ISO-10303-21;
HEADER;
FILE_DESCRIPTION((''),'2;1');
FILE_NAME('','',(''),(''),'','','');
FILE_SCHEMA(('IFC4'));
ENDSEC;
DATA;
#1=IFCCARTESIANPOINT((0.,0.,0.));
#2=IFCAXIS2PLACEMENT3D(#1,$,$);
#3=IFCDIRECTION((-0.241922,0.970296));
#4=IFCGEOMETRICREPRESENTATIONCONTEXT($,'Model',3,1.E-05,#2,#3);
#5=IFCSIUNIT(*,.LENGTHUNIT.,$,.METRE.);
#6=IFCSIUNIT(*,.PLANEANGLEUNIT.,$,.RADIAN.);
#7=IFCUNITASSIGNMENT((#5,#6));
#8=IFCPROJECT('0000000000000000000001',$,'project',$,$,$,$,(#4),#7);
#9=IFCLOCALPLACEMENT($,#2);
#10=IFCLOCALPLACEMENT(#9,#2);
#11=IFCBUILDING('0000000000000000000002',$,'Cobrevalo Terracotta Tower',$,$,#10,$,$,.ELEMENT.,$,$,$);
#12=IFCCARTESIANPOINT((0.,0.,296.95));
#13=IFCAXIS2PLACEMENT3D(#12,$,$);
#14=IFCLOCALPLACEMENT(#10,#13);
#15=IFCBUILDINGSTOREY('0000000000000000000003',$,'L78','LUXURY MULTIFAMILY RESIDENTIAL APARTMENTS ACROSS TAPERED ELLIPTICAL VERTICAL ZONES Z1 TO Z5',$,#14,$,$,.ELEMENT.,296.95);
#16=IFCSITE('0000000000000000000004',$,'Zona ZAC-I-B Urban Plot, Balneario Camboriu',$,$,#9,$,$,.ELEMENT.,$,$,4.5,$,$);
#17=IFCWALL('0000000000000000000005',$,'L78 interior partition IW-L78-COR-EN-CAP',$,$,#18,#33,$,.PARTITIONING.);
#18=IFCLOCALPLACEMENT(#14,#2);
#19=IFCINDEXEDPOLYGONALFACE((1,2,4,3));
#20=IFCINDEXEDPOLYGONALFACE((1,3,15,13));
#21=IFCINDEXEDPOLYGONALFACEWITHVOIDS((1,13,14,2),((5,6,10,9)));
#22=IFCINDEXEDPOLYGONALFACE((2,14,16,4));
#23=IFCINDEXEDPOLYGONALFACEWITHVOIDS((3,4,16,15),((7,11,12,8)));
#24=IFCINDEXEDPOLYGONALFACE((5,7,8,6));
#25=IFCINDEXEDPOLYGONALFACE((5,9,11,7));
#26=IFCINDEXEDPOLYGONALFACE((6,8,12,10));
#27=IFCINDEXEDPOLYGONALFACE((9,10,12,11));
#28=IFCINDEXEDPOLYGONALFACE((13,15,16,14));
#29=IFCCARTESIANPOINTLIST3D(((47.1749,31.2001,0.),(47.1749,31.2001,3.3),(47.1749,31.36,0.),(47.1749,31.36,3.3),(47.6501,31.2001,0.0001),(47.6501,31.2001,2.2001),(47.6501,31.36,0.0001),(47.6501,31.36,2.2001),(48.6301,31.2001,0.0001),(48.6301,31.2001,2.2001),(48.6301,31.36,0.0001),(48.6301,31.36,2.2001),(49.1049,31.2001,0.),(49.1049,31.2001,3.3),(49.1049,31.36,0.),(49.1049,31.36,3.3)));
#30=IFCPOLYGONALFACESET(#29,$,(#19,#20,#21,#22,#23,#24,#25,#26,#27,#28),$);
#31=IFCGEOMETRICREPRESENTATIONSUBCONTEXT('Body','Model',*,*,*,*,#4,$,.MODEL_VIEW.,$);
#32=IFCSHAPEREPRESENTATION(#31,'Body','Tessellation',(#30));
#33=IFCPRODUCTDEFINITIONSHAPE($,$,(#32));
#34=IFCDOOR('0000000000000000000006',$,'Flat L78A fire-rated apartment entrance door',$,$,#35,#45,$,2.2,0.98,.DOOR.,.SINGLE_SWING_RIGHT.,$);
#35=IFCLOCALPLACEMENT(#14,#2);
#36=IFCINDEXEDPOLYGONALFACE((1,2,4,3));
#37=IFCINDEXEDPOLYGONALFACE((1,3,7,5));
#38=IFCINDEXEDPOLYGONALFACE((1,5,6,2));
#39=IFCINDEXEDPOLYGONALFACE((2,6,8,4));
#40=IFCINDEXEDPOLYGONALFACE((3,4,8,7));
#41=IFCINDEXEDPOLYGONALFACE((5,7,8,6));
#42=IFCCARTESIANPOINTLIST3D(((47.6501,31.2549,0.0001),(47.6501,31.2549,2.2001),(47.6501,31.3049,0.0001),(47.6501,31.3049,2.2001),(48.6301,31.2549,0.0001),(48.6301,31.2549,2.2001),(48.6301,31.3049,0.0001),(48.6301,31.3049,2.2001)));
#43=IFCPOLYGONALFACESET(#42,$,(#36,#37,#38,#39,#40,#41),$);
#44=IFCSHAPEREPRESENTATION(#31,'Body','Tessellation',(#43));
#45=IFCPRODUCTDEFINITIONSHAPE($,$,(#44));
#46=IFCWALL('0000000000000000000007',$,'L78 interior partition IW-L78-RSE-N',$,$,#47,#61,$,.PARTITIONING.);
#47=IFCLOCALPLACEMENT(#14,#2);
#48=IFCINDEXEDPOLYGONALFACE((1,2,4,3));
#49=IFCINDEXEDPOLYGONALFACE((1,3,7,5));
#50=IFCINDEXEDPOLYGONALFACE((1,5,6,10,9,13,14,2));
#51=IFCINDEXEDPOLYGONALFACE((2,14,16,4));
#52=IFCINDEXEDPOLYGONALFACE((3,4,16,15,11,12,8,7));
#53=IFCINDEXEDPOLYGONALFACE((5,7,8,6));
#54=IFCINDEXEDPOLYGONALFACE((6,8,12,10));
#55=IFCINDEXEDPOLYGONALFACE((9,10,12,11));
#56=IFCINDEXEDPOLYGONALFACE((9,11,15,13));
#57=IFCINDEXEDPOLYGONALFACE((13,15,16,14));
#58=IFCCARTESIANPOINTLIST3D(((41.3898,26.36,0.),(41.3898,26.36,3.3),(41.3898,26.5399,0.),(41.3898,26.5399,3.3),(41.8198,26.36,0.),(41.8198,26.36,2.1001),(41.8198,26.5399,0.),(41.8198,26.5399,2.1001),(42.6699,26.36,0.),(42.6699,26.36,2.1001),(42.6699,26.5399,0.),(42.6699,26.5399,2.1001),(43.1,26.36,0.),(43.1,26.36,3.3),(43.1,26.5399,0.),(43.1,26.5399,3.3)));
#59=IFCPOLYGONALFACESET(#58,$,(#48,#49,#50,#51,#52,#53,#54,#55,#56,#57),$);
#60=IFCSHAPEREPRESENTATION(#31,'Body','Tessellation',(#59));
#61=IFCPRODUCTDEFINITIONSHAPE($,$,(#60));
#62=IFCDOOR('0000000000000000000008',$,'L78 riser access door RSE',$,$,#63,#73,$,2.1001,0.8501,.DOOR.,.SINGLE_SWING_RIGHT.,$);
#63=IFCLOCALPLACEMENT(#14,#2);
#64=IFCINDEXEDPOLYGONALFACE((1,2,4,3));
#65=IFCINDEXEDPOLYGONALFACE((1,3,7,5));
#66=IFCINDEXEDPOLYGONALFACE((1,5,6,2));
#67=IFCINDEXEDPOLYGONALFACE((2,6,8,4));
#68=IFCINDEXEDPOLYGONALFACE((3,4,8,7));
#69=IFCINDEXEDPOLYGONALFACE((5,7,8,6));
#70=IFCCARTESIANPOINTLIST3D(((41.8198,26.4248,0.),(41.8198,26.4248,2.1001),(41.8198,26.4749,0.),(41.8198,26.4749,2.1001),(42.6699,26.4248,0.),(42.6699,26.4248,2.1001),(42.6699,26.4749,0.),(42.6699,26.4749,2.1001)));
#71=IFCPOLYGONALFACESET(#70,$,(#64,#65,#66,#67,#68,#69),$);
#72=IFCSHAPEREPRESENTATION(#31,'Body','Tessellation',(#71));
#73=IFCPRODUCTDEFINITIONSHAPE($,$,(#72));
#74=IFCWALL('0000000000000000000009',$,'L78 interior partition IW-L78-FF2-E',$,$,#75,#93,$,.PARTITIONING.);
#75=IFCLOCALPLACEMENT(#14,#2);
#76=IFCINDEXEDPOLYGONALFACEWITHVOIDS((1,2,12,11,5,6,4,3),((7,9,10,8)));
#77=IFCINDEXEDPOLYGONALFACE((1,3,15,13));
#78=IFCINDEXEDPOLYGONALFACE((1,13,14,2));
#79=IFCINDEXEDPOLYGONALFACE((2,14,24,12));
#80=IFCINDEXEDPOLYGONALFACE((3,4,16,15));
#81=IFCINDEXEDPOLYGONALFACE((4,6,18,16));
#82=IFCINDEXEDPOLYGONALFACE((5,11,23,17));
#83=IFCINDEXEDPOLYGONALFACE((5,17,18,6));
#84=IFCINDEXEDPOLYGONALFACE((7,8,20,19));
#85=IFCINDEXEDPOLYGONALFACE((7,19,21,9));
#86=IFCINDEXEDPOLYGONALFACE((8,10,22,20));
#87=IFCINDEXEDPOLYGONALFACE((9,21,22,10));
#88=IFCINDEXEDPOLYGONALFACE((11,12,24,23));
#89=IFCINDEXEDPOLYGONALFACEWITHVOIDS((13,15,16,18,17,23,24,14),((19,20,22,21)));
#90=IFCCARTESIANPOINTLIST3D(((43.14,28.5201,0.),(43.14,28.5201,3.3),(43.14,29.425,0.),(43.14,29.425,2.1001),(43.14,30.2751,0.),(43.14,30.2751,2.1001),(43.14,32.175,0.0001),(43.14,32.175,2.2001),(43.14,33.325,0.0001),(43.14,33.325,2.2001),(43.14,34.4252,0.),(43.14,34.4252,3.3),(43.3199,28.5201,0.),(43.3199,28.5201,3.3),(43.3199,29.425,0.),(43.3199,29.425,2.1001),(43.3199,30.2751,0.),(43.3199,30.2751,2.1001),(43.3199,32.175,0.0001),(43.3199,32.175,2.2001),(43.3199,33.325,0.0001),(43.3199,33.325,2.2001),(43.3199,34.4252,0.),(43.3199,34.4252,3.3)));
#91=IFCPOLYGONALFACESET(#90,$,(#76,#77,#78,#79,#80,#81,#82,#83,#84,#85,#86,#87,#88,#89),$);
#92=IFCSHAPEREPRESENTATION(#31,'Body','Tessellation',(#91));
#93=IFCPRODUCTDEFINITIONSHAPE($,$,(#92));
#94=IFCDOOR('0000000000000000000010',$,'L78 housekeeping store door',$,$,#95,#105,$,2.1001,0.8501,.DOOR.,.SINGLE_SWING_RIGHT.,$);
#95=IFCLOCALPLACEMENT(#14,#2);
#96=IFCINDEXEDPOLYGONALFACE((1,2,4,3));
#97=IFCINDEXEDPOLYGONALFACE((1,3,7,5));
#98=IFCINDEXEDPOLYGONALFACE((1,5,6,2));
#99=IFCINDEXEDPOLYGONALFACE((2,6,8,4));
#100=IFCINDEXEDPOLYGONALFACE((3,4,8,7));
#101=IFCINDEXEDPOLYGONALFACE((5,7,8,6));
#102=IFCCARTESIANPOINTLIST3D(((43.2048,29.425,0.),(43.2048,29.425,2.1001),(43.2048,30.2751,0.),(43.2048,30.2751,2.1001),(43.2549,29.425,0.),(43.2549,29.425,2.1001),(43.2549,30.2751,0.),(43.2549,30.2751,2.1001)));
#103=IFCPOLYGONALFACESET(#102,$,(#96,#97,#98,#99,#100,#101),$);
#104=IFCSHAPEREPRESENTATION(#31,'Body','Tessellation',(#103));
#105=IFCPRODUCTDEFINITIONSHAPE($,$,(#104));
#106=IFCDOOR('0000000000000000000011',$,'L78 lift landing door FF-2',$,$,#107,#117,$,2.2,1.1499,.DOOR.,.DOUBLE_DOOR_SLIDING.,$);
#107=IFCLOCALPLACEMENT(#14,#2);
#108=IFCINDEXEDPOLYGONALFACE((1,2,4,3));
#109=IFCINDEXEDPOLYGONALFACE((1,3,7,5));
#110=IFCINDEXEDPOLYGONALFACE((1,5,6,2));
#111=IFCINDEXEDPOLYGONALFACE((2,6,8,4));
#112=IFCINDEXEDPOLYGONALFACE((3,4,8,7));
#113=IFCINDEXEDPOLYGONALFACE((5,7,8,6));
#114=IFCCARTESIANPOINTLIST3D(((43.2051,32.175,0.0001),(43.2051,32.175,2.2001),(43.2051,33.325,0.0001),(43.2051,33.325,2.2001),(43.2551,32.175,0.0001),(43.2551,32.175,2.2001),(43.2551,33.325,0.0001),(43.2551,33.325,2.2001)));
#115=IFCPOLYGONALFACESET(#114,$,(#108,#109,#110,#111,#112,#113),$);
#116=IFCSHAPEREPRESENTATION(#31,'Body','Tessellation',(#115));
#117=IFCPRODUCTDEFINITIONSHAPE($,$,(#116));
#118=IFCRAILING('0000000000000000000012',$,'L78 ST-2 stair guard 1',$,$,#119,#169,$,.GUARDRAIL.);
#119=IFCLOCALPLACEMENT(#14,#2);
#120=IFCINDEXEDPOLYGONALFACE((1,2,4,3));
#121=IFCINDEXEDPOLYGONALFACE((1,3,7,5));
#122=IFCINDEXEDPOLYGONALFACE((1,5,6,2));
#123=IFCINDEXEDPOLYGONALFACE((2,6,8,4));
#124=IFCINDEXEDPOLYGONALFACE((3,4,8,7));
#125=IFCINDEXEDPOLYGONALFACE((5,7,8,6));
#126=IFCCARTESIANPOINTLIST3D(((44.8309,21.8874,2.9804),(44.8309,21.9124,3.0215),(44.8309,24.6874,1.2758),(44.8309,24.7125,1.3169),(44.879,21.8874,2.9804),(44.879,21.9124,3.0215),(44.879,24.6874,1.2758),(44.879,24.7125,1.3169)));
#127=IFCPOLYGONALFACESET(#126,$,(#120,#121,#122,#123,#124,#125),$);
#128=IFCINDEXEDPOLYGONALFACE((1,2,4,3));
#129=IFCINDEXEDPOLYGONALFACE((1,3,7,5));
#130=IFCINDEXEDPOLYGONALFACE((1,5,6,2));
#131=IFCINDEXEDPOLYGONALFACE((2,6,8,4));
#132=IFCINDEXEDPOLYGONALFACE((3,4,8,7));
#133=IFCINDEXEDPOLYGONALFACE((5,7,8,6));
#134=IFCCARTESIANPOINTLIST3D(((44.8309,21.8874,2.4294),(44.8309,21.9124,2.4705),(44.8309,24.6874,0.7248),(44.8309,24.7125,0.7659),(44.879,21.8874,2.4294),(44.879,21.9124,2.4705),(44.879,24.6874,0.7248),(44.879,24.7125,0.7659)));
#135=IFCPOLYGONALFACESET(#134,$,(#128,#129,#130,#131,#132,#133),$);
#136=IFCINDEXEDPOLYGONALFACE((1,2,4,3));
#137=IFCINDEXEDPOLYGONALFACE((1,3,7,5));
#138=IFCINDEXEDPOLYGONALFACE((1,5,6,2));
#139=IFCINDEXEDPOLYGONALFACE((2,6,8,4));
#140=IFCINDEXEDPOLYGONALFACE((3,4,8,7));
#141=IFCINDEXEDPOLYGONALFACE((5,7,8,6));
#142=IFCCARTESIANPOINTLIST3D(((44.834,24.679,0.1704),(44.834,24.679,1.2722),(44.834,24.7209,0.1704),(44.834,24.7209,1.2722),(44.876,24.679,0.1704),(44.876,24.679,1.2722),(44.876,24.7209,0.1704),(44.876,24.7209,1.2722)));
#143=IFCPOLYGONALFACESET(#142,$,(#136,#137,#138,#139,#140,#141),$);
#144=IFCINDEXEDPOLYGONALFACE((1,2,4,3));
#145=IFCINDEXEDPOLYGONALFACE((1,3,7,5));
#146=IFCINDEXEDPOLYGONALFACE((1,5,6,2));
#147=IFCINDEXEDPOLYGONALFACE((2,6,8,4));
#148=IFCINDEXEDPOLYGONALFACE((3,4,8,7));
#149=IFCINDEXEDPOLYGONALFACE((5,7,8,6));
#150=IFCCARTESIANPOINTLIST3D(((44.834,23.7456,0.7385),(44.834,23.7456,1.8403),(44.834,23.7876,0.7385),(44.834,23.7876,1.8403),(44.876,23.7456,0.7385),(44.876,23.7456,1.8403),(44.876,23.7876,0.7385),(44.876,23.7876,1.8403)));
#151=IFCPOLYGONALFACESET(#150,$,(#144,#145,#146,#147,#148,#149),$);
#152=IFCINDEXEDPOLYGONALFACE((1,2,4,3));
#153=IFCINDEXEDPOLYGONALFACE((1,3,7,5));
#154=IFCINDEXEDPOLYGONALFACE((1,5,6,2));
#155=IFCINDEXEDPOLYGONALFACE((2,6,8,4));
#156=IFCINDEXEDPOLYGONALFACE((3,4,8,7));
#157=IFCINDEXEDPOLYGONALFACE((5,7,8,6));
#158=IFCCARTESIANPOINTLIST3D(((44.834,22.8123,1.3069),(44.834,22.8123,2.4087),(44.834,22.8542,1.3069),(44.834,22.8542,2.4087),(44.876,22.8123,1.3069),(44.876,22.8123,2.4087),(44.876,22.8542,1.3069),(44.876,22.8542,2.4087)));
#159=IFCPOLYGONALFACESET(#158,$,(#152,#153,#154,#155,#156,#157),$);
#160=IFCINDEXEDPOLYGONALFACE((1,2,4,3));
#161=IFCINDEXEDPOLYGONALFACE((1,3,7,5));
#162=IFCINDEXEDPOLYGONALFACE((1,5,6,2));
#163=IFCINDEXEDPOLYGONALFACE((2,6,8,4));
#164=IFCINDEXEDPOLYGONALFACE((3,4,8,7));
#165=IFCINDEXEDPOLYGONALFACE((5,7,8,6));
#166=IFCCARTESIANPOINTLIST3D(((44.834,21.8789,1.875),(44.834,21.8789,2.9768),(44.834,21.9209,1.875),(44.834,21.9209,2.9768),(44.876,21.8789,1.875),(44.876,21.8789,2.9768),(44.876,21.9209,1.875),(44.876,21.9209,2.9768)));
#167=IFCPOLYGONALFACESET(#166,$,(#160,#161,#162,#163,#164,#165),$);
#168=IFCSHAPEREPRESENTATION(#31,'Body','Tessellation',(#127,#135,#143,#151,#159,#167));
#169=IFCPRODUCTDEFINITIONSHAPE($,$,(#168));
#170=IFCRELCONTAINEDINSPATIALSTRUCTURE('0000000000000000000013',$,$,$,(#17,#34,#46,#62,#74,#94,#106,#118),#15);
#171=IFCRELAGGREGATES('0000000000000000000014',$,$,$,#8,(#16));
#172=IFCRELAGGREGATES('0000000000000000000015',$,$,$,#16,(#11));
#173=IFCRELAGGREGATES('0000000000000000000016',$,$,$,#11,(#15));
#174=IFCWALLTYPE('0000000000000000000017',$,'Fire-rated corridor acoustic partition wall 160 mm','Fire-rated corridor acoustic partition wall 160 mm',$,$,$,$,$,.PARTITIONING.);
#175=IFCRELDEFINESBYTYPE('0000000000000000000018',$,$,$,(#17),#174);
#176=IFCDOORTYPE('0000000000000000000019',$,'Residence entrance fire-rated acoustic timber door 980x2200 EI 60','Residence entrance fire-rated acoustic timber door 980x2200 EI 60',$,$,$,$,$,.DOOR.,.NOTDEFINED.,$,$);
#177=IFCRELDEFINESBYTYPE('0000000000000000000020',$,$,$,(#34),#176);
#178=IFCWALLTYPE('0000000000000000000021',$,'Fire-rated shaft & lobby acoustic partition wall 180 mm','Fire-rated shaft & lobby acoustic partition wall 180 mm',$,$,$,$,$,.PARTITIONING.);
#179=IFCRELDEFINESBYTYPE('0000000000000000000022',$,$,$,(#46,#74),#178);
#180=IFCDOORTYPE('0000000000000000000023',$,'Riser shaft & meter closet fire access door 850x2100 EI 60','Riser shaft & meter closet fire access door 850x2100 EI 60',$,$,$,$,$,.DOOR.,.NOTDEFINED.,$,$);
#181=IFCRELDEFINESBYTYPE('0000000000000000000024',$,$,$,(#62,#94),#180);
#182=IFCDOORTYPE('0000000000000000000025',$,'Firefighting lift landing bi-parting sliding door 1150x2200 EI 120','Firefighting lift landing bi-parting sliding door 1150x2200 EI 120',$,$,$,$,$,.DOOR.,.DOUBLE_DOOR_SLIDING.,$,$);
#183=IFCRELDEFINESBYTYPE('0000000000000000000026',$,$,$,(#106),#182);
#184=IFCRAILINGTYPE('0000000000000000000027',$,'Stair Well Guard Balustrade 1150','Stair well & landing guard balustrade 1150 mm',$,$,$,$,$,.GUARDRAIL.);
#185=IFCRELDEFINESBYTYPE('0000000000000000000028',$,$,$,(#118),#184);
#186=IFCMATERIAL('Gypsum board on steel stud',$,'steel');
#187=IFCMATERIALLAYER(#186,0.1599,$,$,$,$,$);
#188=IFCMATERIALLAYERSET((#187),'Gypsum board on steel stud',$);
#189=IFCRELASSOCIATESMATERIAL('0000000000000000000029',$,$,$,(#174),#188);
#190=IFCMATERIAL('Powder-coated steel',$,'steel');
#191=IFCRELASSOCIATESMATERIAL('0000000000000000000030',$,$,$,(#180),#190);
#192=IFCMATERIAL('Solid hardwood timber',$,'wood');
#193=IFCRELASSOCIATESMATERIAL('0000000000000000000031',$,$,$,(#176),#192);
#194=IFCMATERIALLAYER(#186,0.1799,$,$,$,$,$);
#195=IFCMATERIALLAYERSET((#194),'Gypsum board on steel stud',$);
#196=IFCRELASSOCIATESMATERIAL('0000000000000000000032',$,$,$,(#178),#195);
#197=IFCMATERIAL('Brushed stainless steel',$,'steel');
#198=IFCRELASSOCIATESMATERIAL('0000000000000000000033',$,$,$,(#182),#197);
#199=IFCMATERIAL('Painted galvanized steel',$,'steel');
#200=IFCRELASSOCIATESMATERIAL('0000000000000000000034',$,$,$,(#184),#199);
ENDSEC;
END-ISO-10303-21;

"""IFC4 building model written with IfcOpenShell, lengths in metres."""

from ifc_helpers import new_model, si_unit, direction, frame, frame_2d, origin, origin_2d, place, context, subcontext, project, spatial, rectangle, extrude, source, transform, mapped, material, layer, layer_set, type_object, element, fill, save


model = new_model("IFC4")

# Units and contexts
model_context = context("Model", 3, precision=1e-05, world=origin(), true_north=direction((-0.241922, 0.970296)))
body_context = subcontext(model_context, "Body", "Model", "MODEL_VIEW")
ifc_project = project(units=[si_unit("LENGTHUNIT", "METRE"), si_unit("PLANEANGLEUNIT", "RADIAN")], contexts=[model_context])

# Site, building, storey
site_placement = place(None, origin())
site = spatial("IfcSite", under=ifc_project, at=site_placement, Name="Zona ZAC-I-B Urban Plot, Balneario Camboriu", CompositionType="ELEMENT", RefElevation=4.5)
building_placement = place(site_placement, origin())
building = spatial("IfcBuilding", under=site, at=building_placement, Name="Cobrevalo Terracotta Tower", CompositionType="ELEMENT")
storey_placement = place(building_placement, frame((0.0, 0.0, 296.95)))
storey = spatial("IfcBuildingStorey", under=building, at=storey_placement, Name="L78", Description="LUXURY MULTIFAMILY RESIDENTIAL APARTMENTS ACROSS TAPERED ELLIPTICAL VERTICAL ZONES Z1 TO Z5", CompositionType="ELEMENT", Elevation=296.95)

# Shared definitions
ifc_material_1 = material(Name="Gypsum board on steel stud", Category="steel")
ifc_layer_1 = layer(ifc_material_1, 0.1599)
ifc_layer_set_1 = layer_set([ifc_layer_1], Name="Gypsum board on steel stud")
wall_type_1 = type_object("IfcWallType", Name="Fire-rated corridor acoustic partition wall 160 mm", Description="Fire-rated corridor acoustic partition wall 160 mm", PredefinedType="PARTITIONING", material=ifc_layer_set_1)

# Shared definitions
ifc_material_2 = material(Name="Powder-coated steel", Category="steel")
door_type_1 = type_object("IfcDoorType", Name="Riser shaft & meter closet fire access door 850x2100 EI 60", Description="Riser shaft & meter closet fire access door 850x2100 EI 60", OperationType="NOTDEFINED", PredefinedType="DOOR", material=ifc_material_2)
shared_shape_1 = source(origin(), body_context, "Body", "SweptSolid", [
    extrude(rectangle(XDim=0.8501, YDim=2.1001, at=frame_2d((0.425, 1.05))), frame((0.0, 0.0249, 0.0), z_axis=(0.0, -1.0, 0.0), x_axis=(1.0, 0.0, 0.0)), (0.0, 0.0, 1.0), 0.05),
])

# Shared definitions
ifc_material_3 = material(Name="Brushed stainless steel", Category="steel")

# Walls, openings, doors
wall_1_placement = place(storey_placement, frame((47.175, 31.28, 0.0), z_axis=(0.0, 0.0, 1.0), x_axis=(1.0, 0.0, 0.0)))
wall_1 = element("IfcWall", 1, at=wall_1_placement, inside=storey, type_object=wall_type_1, Name="L78 interior partition IW-L78-COR-EN-CAP", PredefinedType="PARTITIONING", context=body_context, shape_type="SweptSolid", body=[
    extrude(rectangle(XDim=1.9299, YDim=0.1599, at=frame_2d((0.9648, 0.0))), origin(), (0.0, 0.0, 1.0), 3.3),
])
opening_1_placement = place(wall_1_placement, frame((0.4751, 0.0, 0.0)))
opening_1 = element("IfcOpeningElement", 2, at=opening_1_placement, cuts=wall_1, PredefinedType="OPENING", context=body_context, shape_type="SweptSolid", body=[
    extrude(rectangle(XDim=0.98, YDim=2.2, at=frame_2d((0.49, 1.1001))), frame((0.0, 0.0898, 0.0), z_axis=(0.0, -1.0, 0.0), x_axis=(1.0, 0.0, 0.0)), (0.0, 0.0, 1.0), 0.1799),
])
ifc_material_4 = material(Name="Solid hardwood timber", Category="wood")
door_type_2 = type_object("IfcDoorType", Name="Residence entrance fire-rated acoustic timber door 980x2200 EI 60", Description="Residence entrance fire-rated acoustic timber door 980x2200 EI 60", OperationType="NOTDEFINED", PredefinedType="DOOR", material=ifc_material_4)
shared_shape_2 = source(origin(), body_context, "Body", "SweptSolid", [
    extrude(rectangle(XDim=0.98, YDim=2.2, at=frame_2d((0.49, 1.1001))), frame((0.0, 0.0249, 0.0), z_axis=(0.0, -1.0, 0.0), x_axis=(1.0, 0.0, 0.0)), (0.0, 0.0, 1.0), 0.05),
])
door_1_placement = place(opening_1_placement, origin())
door_1 = element("IfcDoor", 3, at=door_1_placement, inside=storey, type_object=door_type_2, Name="Flat L78A fire-rated apartment entrance door", OperationType="SINGLE_SWING_RIGHT", OverallHeight=2.2, OverallWidth=0.98, PredefinedType="DOOR", context=body_context, shape_type="MappedRepresentation", body=[
    mapped(shared_shape_2, transform((0.0, 0.0, 0.0), scale=1.0)),
])
fill(opening_1, door_1)
ifc_layer_2 = layer(ifc_material_1, 0.1799)
ifc_layer_set_2 = layer_set([ifc_layer_2], Name="Gypsum board on steel stud")
wall_type_2 = type_object("IfcWallType", Name="Fire-rated shaft & lobby acoustic partition wall 180 mm", Description="Fire-rated shaft & lobby acoustic partition wall 180 mm", PredefinedType="PARTITIONING", material=ifc_layer_set_2)
wall_2_placement = place(storey_placement, frame((41.3899, 26.45, 0.0), z_axis=(0.0, 0.0, 1.0), x_axis=(1.0, 0.0, 0.0)))
wall_2 = element("IfcWall", 4, at=wall_2_placement, inside=storey, type_object=wall_type_2, Name="L78 interior partition IW-L78-RSE-N", PredefinedType="PARTITIONING", context=body_context, shape_type="SweptSolid", body=[
    extrude(rectangle(XDim=1.7102, YDim=0.1799, at=frame_2d((0.855, 0.0))), origin(), (0.0, 0.0, 1.0), 3.3),
])
opening_2_placement = place(wall_2_placement, frame((0.4299, 0.0, 0.0)))
opening_2 = element("IfcOpeningElement", 5, at=opening_2_placement, cuts=wall_2, PredefinedType="OPENING", context=body_context, shape_type="SweptSolid", body=[
    extrude(rectangle(XDim=0.8501, YDim=2.1001, at=frame_2d((0.425, 1.05))), frame((0.0, 0.1001, 0.0), z_axis=(0.0, -1.0, 0.0), x_axis=(1.0, 0.0, 0.0)), (0.0, 0.0, 1.0), 0.2),
])
door_2_placement = place(opening_2_placement, origin())
door_2 = element("IfcDoor", 6, at=door_2_placement, inside=storey, type_object=door_type_1, Name="L78 riser access door RSE", OperationType="SINGLE_SWING_RIGHT", OverallHeight=2.1001, OverallWidth=0.8501, PredefinedType="DOOR", context=body_context, shape_type="MappedRepresentation", body=[
    mapped(shared_shape_1, transform((0.0, 0.0, 0.0), scale=1.0)),
])
fill(opening_2, door_2)

# Wall, openings, doors
wall_3_placement = place(storey_placement, frame((43.23, 28.52, 0.0), z_axis=(0.0, 0.0, 1.0), x_axis=(0.0, 1.0, 0.0)))
wall_3 = element("IfcWall", 7, at=wall_3_placement, inside=storey, type_object=wall_type_2, Name="L78 interior partition IW-L78-FF2-E", PredefinedType="PARTITIONING", context=body_context, shape_type="SweptSolid", body=[
    extrude(rectangle(XDim=5.905, YDim=0.1799, at=frame_2d((2.9526, 0.0))), origin(), (0.0, 0.0, 1.0), 3.3),
])
opening_3_placement = place(wall_3_placement, frame((0.905, 0.0, 0.0)))
opening_3 = element("IfcOpeningElement", 8, at=opening_3_placement, cuts=wall_3, PredefinedType="OPENING", context=body_context, shape_type="SweptSolid", body=[
    extrude(rectangle(XDim=0.8501, YDim=2.1001, at=frame_2d((0.425, 1.05))), frame((0.0, 0.1001, 0.0), z_axis=(0.0, -1.0, 0.0), x_axis=(1.0, 0.0, 0.0)), (0.0, 0.0, 1.0), 0.2),
])
opening_4_placement = place(wall_3_placement, frame((3.655, 0.0, 0.0)))
opening_4 = element("IfcOpeningElement", 9, at=opening_4_placement, cuts=wall_3, PredefinedType="OPENING", context=body_context, shape_type="SweptSolid", body=[
    extrude(rectangle(XDim=1.1499, YDim=2.2, at=frame_2d((0.575, 1.1001))), frame((0.0, 0.1001, 0.0), z_axis=(0.0, -1.0, 0.0), x_axis=(1.0, 0.0, 0.0)), (0.0, 0.0, 1.0), 0.2),
])
door_3_placement = place(opening_3_placement, frame((0.8501, 0.0, 0.0), z_axis=(0.0, 0.0, 1.0), x_axis=(-1.0, 0.0, 0.0)))
door_3 = element("IfcDoor", 10, at=door_3_placement, inside=storey, type_object=door_type_1, Name="L78 housekeeping store door", OperationType="SINGLE_SWING_RIGHT", OverallHeight=2.1001, OverallWidth=0.8501, PredefinedType="DOOR", context=body_context, shape_type="MappedRepresentation", body=[
    mapped(shared_shape_1, transform((0.0, 0.0, 0.0), scale=1.0)),
])
fill(opening_3, door_3)
door_type_3 = type_object("IfcDoorType", Name="Firefighting lift landing bi-parting sliding door 1150x2200 EI 120", Description="Firefighting lift landing bi-parting sliding door 1150x2200 EI 120", OperationType="DOUBLE_DOOR_SLIDING", PredefinedType="DOOR", material=ifc_material_3)
shared_shape_3 = source(origin(), body_context, "Body", "SweptSolid", [
    extrude(rectangle(XDim=1.1499, YDim=2.2, at=frame_2d((0.575, 1.1001))), frame((0.0, 0.0249, 0.0), z_axis=(0.0, -1.0, 0.0), x_axis=(1.0, 0.0, 0.0)), (0.0, 0.0, 1.0), 0.05),
])
door_4_placement = place(opening_4_placement, origin())
door_4 = element("IfcDoor", 11, at=door_4_placement, inside=storey, type_object=door_type_3, Name="L78 lift landing door FF-2", OperationType="DOUBLE_DOOR_SLIDING", OverallHeight=2.2, OverallWidth=1.1499, PredefinedType="DOOR", context=body_context, shape_type="MappedRepresentation", body=[
    mapped(shared_shape_3, transform((0.0, 0.0, 0.0), scale=1.0)),
])
fill(opening_4, door_4)

# Railing
ifc_material_5 = material(Name="Painted galvanized steel", Category="steel")
railing_type = type_object("IfcRailingType", Name="Stair Well Guard Balustrade 1150", Description="Stair well & landing guard balustrade 1150 mm", PredefinedType="GUARDRAIL", material=ifc_material_5)
railing_1_placement = place(storey_placement, frame((44.855, 24.7, 0.1704)))
element("IfcRailing", 12, at=railing_1_placement, inside=storey, type_object=railing_type, Name="L78 ST-2 stair guard 1", PredefinedType="GUARDRAIL", context=body_context, shape_type="SweptSolid", body=[
    extrude(rectangle(XDim=0.0481, YDim=0.0481, at=origin_2d()), frame((0.0, 0.0, 1.126), z_axis=(0.0, -0.85417, 0.519994), x_axis=(1.0, 0.0, 0.0)), (0.0, 0.0, 1.0), 3.2781),
    extrude(rectangle(XDim=0.0481, YDim=0.0481, at=origin_2d()), frame((0.0, 0.0, 0.575), z_axis=(0.0, -0.85417, 0.519994), x_axis=(1.0, 0.0, 0.0)), (0.0, 0.0, 1.0), 3.2781),
    extrude(rectangle(XDim=0.042, YDim=0.042, at=origin_2d()), origin(), (0.0, 0.0, 1.0), 1.1018),
    extrude(rectangle(XDim=0.042, YDim=0.042, at=origin_2d()), frame((0.0, -0.9333, 0.5681)), (0.0, 0.0, 1.0), 1.1018),
    extrude(rectangle(XDim=0.042, YDim=0.042, at=origin_2d()), frame((0.0, -1.8667, 1.1365)), (0.0, 0.0, 1.0), 1.1018),
    extrude(rectangle(XDim=0.042, YDim=0.042, at=origin_2d()), frame((0.0, -2.8, 1.7046)), (0.0, 0.0, 1.0), 1.1018),
])

save(model, "model.ifc")
